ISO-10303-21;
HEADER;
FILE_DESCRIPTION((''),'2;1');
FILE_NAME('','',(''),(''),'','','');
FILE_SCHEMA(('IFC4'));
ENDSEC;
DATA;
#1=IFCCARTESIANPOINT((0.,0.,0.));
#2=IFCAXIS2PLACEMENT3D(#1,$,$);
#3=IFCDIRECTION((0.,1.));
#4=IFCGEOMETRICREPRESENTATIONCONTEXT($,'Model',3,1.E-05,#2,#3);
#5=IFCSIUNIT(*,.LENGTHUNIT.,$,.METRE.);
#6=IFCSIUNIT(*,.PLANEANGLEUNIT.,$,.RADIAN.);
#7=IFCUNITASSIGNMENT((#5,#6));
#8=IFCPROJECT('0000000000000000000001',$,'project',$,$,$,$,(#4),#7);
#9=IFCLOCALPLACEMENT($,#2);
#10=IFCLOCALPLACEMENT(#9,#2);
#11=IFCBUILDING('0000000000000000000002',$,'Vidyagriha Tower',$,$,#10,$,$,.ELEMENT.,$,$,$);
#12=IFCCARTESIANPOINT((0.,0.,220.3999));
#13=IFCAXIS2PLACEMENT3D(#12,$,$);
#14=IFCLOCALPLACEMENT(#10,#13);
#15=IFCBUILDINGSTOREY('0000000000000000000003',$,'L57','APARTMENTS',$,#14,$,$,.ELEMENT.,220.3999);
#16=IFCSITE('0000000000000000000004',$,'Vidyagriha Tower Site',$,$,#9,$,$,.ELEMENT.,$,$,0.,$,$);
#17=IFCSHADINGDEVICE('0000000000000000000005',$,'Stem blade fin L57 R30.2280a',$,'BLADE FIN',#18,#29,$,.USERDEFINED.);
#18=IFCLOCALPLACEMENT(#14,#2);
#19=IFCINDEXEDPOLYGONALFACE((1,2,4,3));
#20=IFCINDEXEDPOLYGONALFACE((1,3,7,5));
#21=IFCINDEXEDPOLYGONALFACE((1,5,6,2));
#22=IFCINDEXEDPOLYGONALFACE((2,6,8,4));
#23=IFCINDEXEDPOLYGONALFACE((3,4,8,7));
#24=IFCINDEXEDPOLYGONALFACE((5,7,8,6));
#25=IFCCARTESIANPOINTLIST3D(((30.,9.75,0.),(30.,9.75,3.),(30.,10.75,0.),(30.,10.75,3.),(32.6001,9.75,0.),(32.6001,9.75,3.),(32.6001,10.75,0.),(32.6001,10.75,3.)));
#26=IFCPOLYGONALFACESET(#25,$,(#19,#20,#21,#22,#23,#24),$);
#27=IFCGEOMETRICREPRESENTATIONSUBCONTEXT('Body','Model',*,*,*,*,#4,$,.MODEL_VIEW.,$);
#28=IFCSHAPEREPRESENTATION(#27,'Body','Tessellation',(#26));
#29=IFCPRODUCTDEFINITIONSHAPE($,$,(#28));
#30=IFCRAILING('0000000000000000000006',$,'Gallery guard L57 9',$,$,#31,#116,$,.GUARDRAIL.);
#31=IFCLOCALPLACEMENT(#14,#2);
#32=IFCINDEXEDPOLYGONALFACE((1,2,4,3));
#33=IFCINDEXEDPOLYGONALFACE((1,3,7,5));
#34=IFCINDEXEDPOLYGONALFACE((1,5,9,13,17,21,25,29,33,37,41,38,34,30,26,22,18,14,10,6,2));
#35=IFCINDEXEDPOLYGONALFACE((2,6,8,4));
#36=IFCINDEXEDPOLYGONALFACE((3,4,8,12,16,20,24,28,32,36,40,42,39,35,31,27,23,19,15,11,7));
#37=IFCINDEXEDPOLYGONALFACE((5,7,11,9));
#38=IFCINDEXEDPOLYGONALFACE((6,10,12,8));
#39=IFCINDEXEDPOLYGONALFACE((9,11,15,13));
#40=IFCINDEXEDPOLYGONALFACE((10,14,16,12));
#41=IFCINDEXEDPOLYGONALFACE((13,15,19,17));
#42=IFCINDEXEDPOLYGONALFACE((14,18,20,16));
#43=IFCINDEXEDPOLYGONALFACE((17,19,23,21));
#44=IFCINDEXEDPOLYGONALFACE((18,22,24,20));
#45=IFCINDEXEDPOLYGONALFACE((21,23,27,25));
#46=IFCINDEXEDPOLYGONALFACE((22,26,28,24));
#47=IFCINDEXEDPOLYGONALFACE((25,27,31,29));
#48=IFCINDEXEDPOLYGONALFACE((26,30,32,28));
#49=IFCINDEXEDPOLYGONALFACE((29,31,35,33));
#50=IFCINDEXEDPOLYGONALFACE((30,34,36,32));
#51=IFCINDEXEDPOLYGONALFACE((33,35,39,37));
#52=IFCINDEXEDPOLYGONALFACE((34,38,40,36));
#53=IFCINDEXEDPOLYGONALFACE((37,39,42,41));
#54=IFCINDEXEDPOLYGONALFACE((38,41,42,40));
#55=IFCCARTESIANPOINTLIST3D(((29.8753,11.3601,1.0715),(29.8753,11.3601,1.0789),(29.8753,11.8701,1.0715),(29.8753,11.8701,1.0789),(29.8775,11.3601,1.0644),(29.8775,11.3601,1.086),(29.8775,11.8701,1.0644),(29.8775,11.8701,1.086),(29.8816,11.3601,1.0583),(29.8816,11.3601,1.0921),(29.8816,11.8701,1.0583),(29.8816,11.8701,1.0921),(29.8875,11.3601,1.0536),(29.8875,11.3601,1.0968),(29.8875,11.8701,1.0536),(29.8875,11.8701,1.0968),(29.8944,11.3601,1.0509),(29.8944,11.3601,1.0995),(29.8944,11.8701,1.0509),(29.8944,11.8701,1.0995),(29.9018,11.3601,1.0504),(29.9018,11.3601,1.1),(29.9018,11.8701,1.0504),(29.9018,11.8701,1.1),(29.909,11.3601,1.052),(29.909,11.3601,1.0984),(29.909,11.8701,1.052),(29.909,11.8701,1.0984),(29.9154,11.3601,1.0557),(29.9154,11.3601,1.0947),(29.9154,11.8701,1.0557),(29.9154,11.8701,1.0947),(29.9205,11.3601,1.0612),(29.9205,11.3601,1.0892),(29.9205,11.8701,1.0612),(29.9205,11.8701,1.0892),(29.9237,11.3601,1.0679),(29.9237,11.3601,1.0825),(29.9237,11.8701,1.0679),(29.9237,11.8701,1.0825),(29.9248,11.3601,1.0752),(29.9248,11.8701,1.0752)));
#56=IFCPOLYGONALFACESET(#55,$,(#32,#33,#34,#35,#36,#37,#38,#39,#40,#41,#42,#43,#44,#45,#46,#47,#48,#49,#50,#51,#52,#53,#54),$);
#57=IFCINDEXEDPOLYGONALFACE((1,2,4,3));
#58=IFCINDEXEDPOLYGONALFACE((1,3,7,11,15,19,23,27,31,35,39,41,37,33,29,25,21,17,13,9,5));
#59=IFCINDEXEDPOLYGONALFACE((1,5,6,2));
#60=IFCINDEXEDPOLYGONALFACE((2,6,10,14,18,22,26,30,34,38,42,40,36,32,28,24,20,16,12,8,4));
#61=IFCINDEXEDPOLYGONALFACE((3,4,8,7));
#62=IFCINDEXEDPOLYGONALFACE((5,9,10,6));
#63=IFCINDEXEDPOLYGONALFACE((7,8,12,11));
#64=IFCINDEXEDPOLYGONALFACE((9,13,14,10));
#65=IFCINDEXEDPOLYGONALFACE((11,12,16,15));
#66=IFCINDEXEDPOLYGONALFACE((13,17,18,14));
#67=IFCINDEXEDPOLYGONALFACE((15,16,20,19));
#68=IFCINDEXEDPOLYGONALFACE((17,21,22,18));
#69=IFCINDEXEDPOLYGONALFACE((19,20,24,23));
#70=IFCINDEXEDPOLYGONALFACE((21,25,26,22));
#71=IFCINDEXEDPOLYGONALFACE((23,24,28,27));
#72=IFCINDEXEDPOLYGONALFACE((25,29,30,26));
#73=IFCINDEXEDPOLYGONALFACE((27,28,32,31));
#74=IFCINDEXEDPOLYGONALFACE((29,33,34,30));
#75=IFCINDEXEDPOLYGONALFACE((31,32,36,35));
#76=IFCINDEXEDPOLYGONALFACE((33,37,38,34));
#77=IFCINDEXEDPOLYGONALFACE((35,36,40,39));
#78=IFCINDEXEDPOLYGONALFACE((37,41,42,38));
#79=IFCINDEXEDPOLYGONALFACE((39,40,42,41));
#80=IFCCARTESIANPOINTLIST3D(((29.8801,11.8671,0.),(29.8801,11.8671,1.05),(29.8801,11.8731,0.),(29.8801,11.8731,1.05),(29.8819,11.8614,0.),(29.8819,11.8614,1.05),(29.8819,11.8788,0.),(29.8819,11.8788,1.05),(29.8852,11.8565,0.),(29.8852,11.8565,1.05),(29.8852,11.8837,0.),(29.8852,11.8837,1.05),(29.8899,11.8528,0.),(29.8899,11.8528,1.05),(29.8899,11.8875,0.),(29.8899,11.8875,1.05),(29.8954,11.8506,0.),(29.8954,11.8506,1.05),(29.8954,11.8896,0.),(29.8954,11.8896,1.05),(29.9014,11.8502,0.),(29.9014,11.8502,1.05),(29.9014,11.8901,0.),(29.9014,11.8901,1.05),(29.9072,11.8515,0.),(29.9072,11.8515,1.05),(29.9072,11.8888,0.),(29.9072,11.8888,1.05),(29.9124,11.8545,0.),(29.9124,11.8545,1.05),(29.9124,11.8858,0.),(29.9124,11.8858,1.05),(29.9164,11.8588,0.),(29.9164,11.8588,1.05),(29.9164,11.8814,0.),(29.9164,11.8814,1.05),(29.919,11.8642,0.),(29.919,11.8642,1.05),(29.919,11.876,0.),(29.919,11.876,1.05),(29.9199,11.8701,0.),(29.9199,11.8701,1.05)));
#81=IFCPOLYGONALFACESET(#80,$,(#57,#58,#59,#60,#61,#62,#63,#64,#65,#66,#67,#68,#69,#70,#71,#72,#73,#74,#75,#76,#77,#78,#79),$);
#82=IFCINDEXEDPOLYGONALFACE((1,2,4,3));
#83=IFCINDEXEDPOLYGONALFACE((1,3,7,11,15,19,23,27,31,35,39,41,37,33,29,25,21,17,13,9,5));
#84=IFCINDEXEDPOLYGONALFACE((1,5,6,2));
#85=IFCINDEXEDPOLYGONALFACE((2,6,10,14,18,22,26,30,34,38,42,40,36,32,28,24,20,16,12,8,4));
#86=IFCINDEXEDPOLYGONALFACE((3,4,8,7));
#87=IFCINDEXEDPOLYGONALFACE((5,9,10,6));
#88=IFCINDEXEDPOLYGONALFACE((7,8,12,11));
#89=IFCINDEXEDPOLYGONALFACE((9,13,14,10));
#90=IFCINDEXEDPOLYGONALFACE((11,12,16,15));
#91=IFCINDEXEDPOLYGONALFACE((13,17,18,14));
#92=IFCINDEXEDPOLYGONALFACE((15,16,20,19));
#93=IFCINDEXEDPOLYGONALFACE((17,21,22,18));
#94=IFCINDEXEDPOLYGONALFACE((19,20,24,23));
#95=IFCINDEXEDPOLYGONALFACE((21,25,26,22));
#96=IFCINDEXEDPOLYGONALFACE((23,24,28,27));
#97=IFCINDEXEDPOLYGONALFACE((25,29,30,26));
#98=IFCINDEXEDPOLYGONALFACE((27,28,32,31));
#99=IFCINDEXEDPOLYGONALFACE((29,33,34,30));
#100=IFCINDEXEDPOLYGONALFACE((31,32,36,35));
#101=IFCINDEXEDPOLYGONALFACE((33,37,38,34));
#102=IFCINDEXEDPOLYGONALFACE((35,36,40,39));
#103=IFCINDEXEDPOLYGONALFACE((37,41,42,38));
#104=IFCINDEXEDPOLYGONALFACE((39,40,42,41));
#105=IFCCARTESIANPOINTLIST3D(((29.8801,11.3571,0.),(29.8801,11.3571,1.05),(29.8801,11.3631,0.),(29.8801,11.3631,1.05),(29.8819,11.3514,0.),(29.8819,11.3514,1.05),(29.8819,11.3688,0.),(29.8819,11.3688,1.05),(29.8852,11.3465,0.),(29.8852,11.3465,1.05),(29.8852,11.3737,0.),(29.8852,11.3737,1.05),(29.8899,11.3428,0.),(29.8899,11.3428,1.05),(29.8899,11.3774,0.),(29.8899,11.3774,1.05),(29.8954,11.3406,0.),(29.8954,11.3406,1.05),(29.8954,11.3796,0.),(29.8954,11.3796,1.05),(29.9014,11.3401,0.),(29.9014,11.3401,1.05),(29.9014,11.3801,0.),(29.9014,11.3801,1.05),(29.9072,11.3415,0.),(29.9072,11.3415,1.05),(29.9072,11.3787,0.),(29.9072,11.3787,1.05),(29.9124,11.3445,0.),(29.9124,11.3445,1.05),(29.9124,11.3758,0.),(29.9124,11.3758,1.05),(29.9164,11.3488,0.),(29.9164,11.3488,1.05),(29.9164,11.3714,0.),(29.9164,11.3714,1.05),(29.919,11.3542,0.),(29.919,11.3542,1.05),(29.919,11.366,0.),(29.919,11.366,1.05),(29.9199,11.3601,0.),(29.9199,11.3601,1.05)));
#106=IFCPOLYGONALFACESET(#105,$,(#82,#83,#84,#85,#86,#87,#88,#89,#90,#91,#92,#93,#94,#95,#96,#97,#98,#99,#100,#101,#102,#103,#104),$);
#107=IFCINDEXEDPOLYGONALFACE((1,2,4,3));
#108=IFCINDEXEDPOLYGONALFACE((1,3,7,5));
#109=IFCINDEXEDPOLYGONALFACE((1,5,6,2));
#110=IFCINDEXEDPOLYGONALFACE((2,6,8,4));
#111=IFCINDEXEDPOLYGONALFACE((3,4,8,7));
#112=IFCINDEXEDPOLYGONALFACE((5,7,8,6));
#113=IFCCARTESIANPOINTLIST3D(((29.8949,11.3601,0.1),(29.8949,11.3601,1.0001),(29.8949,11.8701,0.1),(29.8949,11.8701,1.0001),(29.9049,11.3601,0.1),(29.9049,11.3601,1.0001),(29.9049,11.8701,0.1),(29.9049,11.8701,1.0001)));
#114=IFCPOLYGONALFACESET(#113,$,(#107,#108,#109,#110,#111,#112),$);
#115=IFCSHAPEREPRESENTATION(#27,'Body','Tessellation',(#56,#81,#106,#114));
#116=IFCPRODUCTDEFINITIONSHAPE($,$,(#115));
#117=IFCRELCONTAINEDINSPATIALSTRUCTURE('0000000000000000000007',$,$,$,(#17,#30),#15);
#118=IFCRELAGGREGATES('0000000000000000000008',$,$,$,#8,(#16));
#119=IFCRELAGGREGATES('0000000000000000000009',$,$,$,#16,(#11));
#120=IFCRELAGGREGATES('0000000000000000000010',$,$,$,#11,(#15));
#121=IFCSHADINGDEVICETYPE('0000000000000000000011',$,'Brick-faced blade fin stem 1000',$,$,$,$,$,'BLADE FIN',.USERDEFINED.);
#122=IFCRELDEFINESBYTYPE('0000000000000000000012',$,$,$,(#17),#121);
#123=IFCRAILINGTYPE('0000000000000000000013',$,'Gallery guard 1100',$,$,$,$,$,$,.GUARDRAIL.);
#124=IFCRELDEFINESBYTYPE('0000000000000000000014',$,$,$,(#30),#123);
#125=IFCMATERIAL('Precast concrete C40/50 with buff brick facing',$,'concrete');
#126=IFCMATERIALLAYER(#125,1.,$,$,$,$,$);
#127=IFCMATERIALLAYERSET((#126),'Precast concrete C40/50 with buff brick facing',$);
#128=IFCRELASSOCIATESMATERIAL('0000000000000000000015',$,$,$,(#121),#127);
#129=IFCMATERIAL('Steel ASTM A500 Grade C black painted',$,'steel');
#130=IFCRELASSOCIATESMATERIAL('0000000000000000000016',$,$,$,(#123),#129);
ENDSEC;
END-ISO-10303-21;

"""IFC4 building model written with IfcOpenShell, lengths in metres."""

from ifc_helpers import new_model, si_unit, direction, frame, origin, origin_2d, place, context, subcontext, project, spatial, polyline, rectangle, circle, outline, extrude, material, layer, layer_set, type_object, element, save


model = new_model("IFC4")

# Units and contexts
model_context = context("Model", 3, precision=1e-05, world=origin(), true_north=direction((0.0, 1.0)))
body_context = subcontext(model_context, "Body", "Model", "MODEL_VIEW")
ifc_project = project(units=[si_unit("LENGTHUNIT", "METRE"), si_unit("PLANEANGLEUNIT", "RADIAN")], contexts=[model_context])

# Site, building, storey
site_placement = place(None, origin())
site = spatial("IfcSite", under=ifc_project, at=site_placement, Name="Vidyagriha Tower Site", CompositionType="ELEMENT", RefElevation=0.0)
building_placement = place(site_placement, origin())
building = spatial("IfcBuilding", under=site, at=building_placement, Name="Vidyagriha Tower", CompositionType="ELEMENT")
storey_placement = place(building_placement, frame((0.0, 0.0, 220.3999)))
storey = spatial("IfcBuildingStorey", under=building, at=storey_placement, Name="L57", Description="APARTMENTS", CompositionType="ELEMENT", Elevation=220.3999)

# Shading device
ifc_material_1 = material(Name="Precast concrete C40/50 with buff brick facing", Category="concrete")
ifc_layer_1 = layer(ifc_material_1, 1.0)
ifc_layer_set_1 = layer_set([ifc_layer_1], Name="Precast concrete C40/50 with buff brick facing")
shading_device_type_1 = type_object("IfcShadingDeviceType", Name="Brick-faced blade fin stem 1000", ElementType="BLADE FIN", PredefinedType="USERDEFINED", material=ifc_layer_set_1)
shading_device_1_placement = place(storey_placement, frame((31.3, 9.75, 0.0), z_axis=(0.0, 0.0, 1.0), x_axis=(0.0, 1.0, 0.0)))
element("IfcShadingDevice", 1, at=shading_device_1_placement, inside=storey, type_object=shading_device_type_1, Name="Stem blade fin L57 R30.2280a", ObjectType="BLADE FIN", PredefinedType="USERDEFINED", context=body_context, shape_type="SweptSolid", body=[
    extrude(outline(polyline([(0.0, 0.0), (1.0, 0.0), (1.0, 3.0), (0.0, 3.0), (0.0, 0.0)])), frame((0.0, 1.3, 0.0), z_axis=(0.0, -1.0, 0.0), x_axis=(1.0, 0.0, 0.0)), (0.0, 0.0, 1.0), 2.6001),
])

# Railing
ifc_material_2 = material(Name="Steel ASTM A500 Grade C black painted", Category="steel")
railing_type_1 = type_object("IfcRailingType", Name="Gallery guard 1100", PredefinedType="GUARDRAIL", material=ifc_material_2)
railing_1_placement = place(storey_placement, frame((29.8999, 11.8701, 0.0)))
element("IfcRailing", 2, at=railing_1_placement, inside=storey, type_object=railing_type_1, Name="Gallery guard L57 9", PredefinedType="GUARDRAIL", context=body_context, shape_type="SweptSolid", body=[
    extrude(circle(Radius=0.0249, at=origin_2d()), frame((0.0, 0.0, 1.0752), z_axis=(0.0, -1.0, 0.0), x_axis=(1.0, 0.0, 0.0)), (0.0, 0.0, 1.0), 0.51),
    extrude(circle(Radius=0.02, at=origin_2d()), origin(), (0.0, 0.0, 1.0), 1.05),
    extrude(circle(Radius=0.02, at=origin_2d()), frame((0.0, -0.51, 0.0)), (0.0, 0.0, 1.0), 1.05),
    extrude(rectangle(XDim=0.01, YDim=0.9001, at=origin_2d()), frame((0.0, 0.0, 0.55), z_axis=(0.0, -1.0, 0.0), x_axis=(1.0, 0.0, 0.0)), (0.0, 0.0, 1.0), 0.51),
])

save(model, "model.ifc")
